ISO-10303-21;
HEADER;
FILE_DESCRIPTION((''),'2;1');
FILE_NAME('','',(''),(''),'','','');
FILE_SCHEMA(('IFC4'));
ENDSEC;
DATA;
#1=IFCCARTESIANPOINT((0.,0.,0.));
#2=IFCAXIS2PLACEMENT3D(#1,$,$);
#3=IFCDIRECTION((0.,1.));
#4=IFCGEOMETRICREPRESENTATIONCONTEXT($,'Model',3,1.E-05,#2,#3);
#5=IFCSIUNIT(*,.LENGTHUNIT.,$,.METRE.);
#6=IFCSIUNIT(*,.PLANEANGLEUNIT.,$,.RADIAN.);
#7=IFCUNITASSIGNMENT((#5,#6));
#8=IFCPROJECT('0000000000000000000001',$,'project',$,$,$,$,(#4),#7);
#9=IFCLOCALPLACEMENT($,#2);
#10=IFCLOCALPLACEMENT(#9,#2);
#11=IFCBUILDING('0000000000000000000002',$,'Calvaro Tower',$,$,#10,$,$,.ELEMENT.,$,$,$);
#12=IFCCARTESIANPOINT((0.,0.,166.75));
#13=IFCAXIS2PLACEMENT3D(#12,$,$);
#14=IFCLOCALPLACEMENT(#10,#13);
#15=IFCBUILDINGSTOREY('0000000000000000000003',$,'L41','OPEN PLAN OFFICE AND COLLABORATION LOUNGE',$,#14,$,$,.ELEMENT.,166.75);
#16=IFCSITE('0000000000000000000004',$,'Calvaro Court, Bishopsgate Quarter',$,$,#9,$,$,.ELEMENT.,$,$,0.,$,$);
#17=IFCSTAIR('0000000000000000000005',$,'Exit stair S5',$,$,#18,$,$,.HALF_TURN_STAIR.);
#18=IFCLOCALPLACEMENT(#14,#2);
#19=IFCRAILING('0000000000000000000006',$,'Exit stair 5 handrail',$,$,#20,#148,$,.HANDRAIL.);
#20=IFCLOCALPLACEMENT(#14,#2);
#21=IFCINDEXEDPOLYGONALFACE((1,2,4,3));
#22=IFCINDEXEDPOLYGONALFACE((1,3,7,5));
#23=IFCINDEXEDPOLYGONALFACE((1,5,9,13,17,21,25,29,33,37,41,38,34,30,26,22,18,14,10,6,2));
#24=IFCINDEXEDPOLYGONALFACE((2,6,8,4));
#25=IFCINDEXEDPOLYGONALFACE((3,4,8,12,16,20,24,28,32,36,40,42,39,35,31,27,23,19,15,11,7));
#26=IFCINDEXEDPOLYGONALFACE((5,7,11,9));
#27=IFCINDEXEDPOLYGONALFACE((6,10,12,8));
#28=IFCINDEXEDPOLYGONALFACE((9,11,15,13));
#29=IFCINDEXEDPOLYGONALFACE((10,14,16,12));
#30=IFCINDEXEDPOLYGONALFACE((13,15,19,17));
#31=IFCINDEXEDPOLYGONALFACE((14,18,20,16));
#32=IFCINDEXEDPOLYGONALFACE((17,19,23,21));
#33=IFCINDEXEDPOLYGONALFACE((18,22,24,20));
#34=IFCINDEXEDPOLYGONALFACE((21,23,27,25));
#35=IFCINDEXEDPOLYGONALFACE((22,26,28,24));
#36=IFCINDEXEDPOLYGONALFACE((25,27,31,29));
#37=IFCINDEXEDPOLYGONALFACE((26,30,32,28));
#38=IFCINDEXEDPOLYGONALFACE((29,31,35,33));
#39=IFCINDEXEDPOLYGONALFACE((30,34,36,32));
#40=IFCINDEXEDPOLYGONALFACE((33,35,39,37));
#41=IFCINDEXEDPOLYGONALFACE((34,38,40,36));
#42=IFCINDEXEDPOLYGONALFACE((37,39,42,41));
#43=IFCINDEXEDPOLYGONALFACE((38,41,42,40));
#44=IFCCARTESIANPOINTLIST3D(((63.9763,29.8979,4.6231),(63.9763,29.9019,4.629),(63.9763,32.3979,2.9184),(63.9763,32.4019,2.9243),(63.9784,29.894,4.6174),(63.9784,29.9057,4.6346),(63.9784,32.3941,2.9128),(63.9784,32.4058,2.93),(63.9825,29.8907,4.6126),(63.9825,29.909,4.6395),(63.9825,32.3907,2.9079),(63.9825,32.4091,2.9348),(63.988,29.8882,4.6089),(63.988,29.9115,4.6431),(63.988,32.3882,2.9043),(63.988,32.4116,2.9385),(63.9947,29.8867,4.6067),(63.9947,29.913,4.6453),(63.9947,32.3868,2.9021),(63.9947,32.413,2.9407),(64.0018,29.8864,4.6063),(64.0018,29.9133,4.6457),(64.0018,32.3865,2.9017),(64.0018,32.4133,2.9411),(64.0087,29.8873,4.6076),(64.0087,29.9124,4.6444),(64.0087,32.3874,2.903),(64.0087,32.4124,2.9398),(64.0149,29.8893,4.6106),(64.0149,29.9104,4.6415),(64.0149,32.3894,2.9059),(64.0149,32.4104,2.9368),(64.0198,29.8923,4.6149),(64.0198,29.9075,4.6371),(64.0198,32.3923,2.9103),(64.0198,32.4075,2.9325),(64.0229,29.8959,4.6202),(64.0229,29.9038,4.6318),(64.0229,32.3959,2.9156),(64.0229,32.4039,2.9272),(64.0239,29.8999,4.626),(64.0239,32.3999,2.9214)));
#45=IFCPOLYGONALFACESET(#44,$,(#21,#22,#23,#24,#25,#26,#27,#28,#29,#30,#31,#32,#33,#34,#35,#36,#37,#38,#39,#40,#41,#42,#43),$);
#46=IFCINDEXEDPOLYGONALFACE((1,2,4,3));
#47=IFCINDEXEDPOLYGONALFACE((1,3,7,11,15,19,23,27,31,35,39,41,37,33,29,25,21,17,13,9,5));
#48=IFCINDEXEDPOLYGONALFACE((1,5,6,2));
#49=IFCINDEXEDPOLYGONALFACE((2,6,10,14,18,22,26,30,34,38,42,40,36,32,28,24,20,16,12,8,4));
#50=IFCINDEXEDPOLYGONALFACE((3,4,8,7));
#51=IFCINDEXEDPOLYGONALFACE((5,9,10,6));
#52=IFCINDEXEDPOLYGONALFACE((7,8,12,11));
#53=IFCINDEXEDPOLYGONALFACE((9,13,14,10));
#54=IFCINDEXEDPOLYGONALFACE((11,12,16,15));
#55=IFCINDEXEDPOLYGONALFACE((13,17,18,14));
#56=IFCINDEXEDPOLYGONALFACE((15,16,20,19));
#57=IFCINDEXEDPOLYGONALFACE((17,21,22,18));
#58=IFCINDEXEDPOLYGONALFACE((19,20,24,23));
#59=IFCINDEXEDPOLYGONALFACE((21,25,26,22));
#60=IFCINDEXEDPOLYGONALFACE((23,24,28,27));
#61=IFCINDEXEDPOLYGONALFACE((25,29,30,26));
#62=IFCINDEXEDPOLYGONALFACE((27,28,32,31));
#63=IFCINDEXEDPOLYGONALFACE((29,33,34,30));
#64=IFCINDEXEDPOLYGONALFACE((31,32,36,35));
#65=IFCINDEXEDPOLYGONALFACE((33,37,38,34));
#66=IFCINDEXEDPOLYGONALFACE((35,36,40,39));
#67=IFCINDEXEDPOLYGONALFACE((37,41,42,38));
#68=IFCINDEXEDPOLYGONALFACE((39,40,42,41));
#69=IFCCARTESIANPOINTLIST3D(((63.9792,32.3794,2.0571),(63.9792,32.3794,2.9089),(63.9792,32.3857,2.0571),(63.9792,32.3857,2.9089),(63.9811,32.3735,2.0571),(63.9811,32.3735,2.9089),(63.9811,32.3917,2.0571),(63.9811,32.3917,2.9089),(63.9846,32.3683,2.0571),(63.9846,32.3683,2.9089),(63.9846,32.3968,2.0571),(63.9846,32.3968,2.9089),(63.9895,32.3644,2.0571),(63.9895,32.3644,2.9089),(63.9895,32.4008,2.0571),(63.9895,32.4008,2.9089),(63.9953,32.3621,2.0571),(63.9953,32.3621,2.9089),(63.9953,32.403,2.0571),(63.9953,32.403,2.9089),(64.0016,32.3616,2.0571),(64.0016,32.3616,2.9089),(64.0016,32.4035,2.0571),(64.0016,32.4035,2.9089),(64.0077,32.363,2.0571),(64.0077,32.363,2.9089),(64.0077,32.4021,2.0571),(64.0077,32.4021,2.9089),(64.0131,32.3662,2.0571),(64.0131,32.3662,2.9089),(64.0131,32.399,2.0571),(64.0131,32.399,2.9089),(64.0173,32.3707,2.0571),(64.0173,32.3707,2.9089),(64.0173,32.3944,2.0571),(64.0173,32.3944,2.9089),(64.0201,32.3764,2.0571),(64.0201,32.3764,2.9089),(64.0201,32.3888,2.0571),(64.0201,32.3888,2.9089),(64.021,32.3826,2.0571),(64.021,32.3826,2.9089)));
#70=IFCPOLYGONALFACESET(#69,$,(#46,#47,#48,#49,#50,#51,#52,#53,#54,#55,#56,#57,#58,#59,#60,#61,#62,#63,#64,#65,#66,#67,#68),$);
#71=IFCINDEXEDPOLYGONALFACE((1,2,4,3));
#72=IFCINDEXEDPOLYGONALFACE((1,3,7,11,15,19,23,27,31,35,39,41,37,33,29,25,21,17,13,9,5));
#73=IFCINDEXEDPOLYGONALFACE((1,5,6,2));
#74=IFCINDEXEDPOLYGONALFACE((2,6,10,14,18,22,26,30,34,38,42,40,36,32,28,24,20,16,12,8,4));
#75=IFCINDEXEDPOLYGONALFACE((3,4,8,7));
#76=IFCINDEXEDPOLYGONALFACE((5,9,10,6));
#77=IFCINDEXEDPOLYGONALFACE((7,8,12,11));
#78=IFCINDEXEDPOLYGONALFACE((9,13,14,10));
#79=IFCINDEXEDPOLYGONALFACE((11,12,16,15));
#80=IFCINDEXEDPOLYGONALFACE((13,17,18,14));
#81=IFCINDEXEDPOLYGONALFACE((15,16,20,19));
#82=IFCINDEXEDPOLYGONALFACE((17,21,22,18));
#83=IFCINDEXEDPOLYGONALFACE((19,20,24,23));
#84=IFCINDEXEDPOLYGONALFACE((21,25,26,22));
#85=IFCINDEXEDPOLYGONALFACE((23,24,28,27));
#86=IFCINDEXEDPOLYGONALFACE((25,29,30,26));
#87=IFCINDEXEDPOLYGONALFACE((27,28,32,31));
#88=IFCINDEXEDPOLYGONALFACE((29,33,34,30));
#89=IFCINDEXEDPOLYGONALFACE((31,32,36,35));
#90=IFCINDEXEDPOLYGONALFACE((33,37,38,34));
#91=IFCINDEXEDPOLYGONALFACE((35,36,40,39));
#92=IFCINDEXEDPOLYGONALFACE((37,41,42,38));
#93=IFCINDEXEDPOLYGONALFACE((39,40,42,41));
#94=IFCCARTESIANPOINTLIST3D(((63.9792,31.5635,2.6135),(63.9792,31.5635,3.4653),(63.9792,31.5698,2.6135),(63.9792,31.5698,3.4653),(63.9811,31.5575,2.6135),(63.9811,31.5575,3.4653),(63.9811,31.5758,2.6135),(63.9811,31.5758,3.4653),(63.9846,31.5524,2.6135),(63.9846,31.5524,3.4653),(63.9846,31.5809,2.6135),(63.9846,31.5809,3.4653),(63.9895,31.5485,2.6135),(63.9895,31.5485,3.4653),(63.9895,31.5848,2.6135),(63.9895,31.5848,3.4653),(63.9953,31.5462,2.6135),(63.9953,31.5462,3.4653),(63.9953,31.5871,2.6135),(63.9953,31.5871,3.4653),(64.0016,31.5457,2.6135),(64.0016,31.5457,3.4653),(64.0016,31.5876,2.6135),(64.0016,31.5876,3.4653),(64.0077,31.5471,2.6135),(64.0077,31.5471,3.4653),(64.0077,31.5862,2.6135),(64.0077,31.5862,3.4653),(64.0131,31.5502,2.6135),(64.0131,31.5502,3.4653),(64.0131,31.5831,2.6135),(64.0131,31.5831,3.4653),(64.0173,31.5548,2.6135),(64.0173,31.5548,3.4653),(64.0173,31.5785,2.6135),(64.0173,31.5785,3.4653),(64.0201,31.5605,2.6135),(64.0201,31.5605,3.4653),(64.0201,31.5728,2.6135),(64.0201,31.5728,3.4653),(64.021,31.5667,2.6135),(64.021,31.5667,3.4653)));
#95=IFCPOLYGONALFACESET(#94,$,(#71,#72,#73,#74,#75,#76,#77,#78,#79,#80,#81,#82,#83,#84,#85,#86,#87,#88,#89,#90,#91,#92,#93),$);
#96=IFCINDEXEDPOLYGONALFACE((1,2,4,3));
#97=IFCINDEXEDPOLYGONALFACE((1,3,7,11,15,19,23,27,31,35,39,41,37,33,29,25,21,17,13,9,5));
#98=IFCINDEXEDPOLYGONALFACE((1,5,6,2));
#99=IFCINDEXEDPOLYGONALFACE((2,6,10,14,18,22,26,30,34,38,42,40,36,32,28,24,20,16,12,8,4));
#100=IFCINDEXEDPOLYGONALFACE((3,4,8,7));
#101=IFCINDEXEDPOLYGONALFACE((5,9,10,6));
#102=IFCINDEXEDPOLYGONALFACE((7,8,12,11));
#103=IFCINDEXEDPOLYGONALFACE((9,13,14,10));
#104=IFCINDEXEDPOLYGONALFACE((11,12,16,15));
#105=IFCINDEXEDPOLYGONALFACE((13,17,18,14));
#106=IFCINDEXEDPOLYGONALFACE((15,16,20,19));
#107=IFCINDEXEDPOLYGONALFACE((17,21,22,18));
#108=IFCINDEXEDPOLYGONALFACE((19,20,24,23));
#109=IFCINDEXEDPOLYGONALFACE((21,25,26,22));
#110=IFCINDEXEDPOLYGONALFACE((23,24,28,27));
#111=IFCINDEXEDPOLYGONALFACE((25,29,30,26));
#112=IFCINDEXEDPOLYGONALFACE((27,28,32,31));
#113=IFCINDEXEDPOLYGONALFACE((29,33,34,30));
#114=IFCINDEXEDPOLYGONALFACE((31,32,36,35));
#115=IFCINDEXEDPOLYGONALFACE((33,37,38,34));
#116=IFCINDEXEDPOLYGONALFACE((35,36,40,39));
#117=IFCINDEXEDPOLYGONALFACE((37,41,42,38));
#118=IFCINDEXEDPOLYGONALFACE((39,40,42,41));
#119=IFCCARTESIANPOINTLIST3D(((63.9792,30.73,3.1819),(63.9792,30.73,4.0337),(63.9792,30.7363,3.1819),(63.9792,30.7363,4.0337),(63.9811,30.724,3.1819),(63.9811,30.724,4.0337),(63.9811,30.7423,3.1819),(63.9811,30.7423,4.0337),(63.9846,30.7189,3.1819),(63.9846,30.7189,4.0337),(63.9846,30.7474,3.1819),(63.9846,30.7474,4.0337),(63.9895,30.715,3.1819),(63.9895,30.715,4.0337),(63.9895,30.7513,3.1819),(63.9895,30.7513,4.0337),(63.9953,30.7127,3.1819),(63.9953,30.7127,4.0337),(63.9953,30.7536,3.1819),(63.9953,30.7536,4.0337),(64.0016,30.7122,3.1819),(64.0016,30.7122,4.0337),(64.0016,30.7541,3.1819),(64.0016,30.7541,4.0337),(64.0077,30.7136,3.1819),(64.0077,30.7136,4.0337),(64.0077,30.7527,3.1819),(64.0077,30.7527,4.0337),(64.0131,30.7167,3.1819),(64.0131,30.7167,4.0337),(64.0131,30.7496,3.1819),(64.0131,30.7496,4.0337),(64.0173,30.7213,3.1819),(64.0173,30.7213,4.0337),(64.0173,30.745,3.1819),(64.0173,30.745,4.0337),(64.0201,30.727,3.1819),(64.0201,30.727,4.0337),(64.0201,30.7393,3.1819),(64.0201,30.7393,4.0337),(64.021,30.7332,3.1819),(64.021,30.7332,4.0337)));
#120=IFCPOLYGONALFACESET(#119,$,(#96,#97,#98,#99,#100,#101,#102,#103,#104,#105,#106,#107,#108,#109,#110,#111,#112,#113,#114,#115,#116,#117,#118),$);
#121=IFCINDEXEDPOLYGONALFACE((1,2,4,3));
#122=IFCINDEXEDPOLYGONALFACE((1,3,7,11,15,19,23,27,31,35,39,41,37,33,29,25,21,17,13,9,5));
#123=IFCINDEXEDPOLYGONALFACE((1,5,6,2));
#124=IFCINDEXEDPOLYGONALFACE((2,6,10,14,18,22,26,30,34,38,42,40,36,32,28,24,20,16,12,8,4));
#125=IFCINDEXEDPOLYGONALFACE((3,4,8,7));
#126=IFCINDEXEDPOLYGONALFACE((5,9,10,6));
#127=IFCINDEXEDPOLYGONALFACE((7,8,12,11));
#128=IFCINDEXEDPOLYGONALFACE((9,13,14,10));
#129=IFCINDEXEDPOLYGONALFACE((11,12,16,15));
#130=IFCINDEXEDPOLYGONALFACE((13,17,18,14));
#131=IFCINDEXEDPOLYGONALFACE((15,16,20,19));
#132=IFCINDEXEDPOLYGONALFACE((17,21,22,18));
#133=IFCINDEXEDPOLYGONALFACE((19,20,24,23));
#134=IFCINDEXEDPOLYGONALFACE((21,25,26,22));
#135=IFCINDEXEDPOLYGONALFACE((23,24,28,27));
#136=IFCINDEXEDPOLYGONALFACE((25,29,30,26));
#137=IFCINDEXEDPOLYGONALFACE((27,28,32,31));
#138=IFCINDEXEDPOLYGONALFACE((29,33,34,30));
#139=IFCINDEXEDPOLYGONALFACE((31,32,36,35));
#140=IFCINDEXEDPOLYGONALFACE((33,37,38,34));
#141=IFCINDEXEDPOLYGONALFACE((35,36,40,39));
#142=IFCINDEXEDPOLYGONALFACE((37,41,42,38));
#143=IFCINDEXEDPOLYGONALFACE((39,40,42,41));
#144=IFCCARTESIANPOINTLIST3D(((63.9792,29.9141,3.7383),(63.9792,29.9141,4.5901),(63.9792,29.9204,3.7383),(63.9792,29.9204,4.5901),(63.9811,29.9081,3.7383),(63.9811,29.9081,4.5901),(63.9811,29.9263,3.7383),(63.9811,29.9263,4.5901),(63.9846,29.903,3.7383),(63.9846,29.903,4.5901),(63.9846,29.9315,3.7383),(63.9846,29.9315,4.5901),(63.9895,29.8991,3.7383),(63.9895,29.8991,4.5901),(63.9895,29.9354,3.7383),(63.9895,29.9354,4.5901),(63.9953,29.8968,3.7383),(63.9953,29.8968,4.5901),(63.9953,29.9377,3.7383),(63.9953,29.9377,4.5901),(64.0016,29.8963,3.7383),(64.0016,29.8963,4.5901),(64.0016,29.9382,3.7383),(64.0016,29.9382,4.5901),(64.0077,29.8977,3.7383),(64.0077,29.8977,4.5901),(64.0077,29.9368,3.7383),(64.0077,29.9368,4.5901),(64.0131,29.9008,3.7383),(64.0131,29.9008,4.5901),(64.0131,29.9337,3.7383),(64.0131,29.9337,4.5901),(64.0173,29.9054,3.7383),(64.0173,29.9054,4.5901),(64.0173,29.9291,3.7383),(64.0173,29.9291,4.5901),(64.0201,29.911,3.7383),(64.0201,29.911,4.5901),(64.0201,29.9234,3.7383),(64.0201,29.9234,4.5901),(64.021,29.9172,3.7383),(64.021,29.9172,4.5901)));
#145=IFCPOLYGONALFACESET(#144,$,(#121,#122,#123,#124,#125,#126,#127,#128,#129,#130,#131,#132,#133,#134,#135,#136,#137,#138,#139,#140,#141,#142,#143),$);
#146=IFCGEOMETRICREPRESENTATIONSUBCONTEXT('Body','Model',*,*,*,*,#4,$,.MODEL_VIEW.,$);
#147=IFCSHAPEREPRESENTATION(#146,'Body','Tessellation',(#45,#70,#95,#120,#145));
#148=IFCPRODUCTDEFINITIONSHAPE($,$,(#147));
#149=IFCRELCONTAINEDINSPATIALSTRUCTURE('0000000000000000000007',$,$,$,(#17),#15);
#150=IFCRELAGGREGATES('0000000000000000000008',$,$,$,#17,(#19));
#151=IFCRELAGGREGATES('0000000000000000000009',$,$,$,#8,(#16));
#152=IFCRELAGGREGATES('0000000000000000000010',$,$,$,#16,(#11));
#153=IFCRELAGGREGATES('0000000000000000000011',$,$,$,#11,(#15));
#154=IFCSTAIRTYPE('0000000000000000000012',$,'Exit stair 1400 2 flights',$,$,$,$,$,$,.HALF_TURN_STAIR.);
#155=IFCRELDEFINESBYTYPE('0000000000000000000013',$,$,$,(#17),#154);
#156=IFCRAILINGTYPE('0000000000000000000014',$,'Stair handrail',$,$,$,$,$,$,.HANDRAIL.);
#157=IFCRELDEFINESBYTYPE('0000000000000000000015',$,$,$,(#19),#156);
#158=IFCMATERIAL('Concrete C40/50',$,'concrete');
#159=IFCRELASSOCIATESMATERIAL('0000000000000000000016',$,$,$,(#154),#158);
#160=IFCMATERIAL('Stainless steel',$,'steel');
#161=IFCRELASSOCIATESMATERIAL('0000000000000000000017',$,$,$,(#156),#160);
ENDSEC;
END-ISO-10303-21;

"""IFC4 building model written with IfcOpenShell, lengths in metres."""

from ifc_helpers import new_model, si_unit, direction, frame, origin, origin_2d, place, context, subcontext, project, spatial, circle, extrude, material, type_object, element, aggregate, save


model = new_model("IFC4")

# Units and contexts
model_context = context("Model", 3, precision=1e-05, world=origin(), true_north=direction((0.0, 1.0)))
body_context = subcontext(model_context, "Body", "Model", "MODEL_VIEW")
ifc_project = project(units=[si_unit("LENGTHUNIT", "METRE"), si_unit("PLANEANGLEUNIT", "RADIAN")], contexts=[model_context])

# Site, building, storey
site_placement = place(None, origin())
site = spatial("IfcSite", under=ifc_project, at=site_placement, Name="Calvaro Court, Bishopsgate Quarter", CompositionType="ELEMENT", RefElevation=0.0)
building_placement = place(site_placement, origin())
building = spatial("IfcBuilding", under=site, at=building_placement, Name="Calvaro Tower", CompositionType="ELEMENT")
storey_placement = place(building_placement, frame((0.0, 0.0, 166.75)))
storey = spatial("IfcBuildingStorey", under=building, at=storey_placement, Name="L41", Description="OPEN PLAN OFFICE AND COLLABORATION LOUNGE", CompositionType="ELEMENT", Elevation=166.75)

# Stair
ifc_material_1 = material(Name="Concrete C40/50", Category="concrete")
stair_type = type_object("IfcStairType", Name="Exit stair 1400 2 flights", PredefinedType="HALF_TURN_STAIR", material=ifc_material_1)
stair_1_placement = place(storey_placement, origin())
stair_1 = element("IfcStair", 1, at=stair_1_placement, inside=storey, type_object=stair_type, Name="Exit stair S5", PredefinedType="HALF_TURN_STAIR")

# Railing
ifc_material_2 = material(Name="Stainless steel", Category="steel")
railing_type = type_object("IfcRailingType", Name="Stair handrail", PredefinedType="HANDRAIL", material=ifc_material_2)
railing_1_placement = place(storey_placement, frame((64.0, 32.3999, 2.0454)))
railing_1 = element("IfcRailing", 2, at=railing_1_placement, type_object=railing_type, Name="Exit stair 5 handrail", PredefinedType="HANDRAIL", context=body_context, shape_type="SweptSolid", body=[
    extrude(circle(Radius=0.0239, at=origin_2d()), frame((0.0, 0.0, 0.876), z_axis=(0.0, -0.826221, 0.563347), x_axis=(1.0, 0.0, 0.0)), (0.0, 0.0, 1.0), 3.0259),
    extrude(circle(Radius=0.021, at=origin_2d()), frame((0.0, -0.0173, 0.0117)), (0.0, 0.0, 1.0), 0.8518),
    extrude(circle(Radius=0.021, at=origin_2d()), frame((0.0, -0.8333, 0.5681)), (0.0, 0.0, 1.0), 0.8518),
    extrude(circle(Radius=0.021, at=origin_2d()), frame((0.0, -1.6667, 1.1365)), (0.0, 0.0, 1.0), 0.8518),
    extrude(circle(Radius=0.021, at=origin_2d()), frame((0.0, -2.4827, 1.6929)), (0.0, 0.0, 1.0), 0.8518),
])
aggregate(stair_1, [railing_1])

save(model, "model.ifc")
